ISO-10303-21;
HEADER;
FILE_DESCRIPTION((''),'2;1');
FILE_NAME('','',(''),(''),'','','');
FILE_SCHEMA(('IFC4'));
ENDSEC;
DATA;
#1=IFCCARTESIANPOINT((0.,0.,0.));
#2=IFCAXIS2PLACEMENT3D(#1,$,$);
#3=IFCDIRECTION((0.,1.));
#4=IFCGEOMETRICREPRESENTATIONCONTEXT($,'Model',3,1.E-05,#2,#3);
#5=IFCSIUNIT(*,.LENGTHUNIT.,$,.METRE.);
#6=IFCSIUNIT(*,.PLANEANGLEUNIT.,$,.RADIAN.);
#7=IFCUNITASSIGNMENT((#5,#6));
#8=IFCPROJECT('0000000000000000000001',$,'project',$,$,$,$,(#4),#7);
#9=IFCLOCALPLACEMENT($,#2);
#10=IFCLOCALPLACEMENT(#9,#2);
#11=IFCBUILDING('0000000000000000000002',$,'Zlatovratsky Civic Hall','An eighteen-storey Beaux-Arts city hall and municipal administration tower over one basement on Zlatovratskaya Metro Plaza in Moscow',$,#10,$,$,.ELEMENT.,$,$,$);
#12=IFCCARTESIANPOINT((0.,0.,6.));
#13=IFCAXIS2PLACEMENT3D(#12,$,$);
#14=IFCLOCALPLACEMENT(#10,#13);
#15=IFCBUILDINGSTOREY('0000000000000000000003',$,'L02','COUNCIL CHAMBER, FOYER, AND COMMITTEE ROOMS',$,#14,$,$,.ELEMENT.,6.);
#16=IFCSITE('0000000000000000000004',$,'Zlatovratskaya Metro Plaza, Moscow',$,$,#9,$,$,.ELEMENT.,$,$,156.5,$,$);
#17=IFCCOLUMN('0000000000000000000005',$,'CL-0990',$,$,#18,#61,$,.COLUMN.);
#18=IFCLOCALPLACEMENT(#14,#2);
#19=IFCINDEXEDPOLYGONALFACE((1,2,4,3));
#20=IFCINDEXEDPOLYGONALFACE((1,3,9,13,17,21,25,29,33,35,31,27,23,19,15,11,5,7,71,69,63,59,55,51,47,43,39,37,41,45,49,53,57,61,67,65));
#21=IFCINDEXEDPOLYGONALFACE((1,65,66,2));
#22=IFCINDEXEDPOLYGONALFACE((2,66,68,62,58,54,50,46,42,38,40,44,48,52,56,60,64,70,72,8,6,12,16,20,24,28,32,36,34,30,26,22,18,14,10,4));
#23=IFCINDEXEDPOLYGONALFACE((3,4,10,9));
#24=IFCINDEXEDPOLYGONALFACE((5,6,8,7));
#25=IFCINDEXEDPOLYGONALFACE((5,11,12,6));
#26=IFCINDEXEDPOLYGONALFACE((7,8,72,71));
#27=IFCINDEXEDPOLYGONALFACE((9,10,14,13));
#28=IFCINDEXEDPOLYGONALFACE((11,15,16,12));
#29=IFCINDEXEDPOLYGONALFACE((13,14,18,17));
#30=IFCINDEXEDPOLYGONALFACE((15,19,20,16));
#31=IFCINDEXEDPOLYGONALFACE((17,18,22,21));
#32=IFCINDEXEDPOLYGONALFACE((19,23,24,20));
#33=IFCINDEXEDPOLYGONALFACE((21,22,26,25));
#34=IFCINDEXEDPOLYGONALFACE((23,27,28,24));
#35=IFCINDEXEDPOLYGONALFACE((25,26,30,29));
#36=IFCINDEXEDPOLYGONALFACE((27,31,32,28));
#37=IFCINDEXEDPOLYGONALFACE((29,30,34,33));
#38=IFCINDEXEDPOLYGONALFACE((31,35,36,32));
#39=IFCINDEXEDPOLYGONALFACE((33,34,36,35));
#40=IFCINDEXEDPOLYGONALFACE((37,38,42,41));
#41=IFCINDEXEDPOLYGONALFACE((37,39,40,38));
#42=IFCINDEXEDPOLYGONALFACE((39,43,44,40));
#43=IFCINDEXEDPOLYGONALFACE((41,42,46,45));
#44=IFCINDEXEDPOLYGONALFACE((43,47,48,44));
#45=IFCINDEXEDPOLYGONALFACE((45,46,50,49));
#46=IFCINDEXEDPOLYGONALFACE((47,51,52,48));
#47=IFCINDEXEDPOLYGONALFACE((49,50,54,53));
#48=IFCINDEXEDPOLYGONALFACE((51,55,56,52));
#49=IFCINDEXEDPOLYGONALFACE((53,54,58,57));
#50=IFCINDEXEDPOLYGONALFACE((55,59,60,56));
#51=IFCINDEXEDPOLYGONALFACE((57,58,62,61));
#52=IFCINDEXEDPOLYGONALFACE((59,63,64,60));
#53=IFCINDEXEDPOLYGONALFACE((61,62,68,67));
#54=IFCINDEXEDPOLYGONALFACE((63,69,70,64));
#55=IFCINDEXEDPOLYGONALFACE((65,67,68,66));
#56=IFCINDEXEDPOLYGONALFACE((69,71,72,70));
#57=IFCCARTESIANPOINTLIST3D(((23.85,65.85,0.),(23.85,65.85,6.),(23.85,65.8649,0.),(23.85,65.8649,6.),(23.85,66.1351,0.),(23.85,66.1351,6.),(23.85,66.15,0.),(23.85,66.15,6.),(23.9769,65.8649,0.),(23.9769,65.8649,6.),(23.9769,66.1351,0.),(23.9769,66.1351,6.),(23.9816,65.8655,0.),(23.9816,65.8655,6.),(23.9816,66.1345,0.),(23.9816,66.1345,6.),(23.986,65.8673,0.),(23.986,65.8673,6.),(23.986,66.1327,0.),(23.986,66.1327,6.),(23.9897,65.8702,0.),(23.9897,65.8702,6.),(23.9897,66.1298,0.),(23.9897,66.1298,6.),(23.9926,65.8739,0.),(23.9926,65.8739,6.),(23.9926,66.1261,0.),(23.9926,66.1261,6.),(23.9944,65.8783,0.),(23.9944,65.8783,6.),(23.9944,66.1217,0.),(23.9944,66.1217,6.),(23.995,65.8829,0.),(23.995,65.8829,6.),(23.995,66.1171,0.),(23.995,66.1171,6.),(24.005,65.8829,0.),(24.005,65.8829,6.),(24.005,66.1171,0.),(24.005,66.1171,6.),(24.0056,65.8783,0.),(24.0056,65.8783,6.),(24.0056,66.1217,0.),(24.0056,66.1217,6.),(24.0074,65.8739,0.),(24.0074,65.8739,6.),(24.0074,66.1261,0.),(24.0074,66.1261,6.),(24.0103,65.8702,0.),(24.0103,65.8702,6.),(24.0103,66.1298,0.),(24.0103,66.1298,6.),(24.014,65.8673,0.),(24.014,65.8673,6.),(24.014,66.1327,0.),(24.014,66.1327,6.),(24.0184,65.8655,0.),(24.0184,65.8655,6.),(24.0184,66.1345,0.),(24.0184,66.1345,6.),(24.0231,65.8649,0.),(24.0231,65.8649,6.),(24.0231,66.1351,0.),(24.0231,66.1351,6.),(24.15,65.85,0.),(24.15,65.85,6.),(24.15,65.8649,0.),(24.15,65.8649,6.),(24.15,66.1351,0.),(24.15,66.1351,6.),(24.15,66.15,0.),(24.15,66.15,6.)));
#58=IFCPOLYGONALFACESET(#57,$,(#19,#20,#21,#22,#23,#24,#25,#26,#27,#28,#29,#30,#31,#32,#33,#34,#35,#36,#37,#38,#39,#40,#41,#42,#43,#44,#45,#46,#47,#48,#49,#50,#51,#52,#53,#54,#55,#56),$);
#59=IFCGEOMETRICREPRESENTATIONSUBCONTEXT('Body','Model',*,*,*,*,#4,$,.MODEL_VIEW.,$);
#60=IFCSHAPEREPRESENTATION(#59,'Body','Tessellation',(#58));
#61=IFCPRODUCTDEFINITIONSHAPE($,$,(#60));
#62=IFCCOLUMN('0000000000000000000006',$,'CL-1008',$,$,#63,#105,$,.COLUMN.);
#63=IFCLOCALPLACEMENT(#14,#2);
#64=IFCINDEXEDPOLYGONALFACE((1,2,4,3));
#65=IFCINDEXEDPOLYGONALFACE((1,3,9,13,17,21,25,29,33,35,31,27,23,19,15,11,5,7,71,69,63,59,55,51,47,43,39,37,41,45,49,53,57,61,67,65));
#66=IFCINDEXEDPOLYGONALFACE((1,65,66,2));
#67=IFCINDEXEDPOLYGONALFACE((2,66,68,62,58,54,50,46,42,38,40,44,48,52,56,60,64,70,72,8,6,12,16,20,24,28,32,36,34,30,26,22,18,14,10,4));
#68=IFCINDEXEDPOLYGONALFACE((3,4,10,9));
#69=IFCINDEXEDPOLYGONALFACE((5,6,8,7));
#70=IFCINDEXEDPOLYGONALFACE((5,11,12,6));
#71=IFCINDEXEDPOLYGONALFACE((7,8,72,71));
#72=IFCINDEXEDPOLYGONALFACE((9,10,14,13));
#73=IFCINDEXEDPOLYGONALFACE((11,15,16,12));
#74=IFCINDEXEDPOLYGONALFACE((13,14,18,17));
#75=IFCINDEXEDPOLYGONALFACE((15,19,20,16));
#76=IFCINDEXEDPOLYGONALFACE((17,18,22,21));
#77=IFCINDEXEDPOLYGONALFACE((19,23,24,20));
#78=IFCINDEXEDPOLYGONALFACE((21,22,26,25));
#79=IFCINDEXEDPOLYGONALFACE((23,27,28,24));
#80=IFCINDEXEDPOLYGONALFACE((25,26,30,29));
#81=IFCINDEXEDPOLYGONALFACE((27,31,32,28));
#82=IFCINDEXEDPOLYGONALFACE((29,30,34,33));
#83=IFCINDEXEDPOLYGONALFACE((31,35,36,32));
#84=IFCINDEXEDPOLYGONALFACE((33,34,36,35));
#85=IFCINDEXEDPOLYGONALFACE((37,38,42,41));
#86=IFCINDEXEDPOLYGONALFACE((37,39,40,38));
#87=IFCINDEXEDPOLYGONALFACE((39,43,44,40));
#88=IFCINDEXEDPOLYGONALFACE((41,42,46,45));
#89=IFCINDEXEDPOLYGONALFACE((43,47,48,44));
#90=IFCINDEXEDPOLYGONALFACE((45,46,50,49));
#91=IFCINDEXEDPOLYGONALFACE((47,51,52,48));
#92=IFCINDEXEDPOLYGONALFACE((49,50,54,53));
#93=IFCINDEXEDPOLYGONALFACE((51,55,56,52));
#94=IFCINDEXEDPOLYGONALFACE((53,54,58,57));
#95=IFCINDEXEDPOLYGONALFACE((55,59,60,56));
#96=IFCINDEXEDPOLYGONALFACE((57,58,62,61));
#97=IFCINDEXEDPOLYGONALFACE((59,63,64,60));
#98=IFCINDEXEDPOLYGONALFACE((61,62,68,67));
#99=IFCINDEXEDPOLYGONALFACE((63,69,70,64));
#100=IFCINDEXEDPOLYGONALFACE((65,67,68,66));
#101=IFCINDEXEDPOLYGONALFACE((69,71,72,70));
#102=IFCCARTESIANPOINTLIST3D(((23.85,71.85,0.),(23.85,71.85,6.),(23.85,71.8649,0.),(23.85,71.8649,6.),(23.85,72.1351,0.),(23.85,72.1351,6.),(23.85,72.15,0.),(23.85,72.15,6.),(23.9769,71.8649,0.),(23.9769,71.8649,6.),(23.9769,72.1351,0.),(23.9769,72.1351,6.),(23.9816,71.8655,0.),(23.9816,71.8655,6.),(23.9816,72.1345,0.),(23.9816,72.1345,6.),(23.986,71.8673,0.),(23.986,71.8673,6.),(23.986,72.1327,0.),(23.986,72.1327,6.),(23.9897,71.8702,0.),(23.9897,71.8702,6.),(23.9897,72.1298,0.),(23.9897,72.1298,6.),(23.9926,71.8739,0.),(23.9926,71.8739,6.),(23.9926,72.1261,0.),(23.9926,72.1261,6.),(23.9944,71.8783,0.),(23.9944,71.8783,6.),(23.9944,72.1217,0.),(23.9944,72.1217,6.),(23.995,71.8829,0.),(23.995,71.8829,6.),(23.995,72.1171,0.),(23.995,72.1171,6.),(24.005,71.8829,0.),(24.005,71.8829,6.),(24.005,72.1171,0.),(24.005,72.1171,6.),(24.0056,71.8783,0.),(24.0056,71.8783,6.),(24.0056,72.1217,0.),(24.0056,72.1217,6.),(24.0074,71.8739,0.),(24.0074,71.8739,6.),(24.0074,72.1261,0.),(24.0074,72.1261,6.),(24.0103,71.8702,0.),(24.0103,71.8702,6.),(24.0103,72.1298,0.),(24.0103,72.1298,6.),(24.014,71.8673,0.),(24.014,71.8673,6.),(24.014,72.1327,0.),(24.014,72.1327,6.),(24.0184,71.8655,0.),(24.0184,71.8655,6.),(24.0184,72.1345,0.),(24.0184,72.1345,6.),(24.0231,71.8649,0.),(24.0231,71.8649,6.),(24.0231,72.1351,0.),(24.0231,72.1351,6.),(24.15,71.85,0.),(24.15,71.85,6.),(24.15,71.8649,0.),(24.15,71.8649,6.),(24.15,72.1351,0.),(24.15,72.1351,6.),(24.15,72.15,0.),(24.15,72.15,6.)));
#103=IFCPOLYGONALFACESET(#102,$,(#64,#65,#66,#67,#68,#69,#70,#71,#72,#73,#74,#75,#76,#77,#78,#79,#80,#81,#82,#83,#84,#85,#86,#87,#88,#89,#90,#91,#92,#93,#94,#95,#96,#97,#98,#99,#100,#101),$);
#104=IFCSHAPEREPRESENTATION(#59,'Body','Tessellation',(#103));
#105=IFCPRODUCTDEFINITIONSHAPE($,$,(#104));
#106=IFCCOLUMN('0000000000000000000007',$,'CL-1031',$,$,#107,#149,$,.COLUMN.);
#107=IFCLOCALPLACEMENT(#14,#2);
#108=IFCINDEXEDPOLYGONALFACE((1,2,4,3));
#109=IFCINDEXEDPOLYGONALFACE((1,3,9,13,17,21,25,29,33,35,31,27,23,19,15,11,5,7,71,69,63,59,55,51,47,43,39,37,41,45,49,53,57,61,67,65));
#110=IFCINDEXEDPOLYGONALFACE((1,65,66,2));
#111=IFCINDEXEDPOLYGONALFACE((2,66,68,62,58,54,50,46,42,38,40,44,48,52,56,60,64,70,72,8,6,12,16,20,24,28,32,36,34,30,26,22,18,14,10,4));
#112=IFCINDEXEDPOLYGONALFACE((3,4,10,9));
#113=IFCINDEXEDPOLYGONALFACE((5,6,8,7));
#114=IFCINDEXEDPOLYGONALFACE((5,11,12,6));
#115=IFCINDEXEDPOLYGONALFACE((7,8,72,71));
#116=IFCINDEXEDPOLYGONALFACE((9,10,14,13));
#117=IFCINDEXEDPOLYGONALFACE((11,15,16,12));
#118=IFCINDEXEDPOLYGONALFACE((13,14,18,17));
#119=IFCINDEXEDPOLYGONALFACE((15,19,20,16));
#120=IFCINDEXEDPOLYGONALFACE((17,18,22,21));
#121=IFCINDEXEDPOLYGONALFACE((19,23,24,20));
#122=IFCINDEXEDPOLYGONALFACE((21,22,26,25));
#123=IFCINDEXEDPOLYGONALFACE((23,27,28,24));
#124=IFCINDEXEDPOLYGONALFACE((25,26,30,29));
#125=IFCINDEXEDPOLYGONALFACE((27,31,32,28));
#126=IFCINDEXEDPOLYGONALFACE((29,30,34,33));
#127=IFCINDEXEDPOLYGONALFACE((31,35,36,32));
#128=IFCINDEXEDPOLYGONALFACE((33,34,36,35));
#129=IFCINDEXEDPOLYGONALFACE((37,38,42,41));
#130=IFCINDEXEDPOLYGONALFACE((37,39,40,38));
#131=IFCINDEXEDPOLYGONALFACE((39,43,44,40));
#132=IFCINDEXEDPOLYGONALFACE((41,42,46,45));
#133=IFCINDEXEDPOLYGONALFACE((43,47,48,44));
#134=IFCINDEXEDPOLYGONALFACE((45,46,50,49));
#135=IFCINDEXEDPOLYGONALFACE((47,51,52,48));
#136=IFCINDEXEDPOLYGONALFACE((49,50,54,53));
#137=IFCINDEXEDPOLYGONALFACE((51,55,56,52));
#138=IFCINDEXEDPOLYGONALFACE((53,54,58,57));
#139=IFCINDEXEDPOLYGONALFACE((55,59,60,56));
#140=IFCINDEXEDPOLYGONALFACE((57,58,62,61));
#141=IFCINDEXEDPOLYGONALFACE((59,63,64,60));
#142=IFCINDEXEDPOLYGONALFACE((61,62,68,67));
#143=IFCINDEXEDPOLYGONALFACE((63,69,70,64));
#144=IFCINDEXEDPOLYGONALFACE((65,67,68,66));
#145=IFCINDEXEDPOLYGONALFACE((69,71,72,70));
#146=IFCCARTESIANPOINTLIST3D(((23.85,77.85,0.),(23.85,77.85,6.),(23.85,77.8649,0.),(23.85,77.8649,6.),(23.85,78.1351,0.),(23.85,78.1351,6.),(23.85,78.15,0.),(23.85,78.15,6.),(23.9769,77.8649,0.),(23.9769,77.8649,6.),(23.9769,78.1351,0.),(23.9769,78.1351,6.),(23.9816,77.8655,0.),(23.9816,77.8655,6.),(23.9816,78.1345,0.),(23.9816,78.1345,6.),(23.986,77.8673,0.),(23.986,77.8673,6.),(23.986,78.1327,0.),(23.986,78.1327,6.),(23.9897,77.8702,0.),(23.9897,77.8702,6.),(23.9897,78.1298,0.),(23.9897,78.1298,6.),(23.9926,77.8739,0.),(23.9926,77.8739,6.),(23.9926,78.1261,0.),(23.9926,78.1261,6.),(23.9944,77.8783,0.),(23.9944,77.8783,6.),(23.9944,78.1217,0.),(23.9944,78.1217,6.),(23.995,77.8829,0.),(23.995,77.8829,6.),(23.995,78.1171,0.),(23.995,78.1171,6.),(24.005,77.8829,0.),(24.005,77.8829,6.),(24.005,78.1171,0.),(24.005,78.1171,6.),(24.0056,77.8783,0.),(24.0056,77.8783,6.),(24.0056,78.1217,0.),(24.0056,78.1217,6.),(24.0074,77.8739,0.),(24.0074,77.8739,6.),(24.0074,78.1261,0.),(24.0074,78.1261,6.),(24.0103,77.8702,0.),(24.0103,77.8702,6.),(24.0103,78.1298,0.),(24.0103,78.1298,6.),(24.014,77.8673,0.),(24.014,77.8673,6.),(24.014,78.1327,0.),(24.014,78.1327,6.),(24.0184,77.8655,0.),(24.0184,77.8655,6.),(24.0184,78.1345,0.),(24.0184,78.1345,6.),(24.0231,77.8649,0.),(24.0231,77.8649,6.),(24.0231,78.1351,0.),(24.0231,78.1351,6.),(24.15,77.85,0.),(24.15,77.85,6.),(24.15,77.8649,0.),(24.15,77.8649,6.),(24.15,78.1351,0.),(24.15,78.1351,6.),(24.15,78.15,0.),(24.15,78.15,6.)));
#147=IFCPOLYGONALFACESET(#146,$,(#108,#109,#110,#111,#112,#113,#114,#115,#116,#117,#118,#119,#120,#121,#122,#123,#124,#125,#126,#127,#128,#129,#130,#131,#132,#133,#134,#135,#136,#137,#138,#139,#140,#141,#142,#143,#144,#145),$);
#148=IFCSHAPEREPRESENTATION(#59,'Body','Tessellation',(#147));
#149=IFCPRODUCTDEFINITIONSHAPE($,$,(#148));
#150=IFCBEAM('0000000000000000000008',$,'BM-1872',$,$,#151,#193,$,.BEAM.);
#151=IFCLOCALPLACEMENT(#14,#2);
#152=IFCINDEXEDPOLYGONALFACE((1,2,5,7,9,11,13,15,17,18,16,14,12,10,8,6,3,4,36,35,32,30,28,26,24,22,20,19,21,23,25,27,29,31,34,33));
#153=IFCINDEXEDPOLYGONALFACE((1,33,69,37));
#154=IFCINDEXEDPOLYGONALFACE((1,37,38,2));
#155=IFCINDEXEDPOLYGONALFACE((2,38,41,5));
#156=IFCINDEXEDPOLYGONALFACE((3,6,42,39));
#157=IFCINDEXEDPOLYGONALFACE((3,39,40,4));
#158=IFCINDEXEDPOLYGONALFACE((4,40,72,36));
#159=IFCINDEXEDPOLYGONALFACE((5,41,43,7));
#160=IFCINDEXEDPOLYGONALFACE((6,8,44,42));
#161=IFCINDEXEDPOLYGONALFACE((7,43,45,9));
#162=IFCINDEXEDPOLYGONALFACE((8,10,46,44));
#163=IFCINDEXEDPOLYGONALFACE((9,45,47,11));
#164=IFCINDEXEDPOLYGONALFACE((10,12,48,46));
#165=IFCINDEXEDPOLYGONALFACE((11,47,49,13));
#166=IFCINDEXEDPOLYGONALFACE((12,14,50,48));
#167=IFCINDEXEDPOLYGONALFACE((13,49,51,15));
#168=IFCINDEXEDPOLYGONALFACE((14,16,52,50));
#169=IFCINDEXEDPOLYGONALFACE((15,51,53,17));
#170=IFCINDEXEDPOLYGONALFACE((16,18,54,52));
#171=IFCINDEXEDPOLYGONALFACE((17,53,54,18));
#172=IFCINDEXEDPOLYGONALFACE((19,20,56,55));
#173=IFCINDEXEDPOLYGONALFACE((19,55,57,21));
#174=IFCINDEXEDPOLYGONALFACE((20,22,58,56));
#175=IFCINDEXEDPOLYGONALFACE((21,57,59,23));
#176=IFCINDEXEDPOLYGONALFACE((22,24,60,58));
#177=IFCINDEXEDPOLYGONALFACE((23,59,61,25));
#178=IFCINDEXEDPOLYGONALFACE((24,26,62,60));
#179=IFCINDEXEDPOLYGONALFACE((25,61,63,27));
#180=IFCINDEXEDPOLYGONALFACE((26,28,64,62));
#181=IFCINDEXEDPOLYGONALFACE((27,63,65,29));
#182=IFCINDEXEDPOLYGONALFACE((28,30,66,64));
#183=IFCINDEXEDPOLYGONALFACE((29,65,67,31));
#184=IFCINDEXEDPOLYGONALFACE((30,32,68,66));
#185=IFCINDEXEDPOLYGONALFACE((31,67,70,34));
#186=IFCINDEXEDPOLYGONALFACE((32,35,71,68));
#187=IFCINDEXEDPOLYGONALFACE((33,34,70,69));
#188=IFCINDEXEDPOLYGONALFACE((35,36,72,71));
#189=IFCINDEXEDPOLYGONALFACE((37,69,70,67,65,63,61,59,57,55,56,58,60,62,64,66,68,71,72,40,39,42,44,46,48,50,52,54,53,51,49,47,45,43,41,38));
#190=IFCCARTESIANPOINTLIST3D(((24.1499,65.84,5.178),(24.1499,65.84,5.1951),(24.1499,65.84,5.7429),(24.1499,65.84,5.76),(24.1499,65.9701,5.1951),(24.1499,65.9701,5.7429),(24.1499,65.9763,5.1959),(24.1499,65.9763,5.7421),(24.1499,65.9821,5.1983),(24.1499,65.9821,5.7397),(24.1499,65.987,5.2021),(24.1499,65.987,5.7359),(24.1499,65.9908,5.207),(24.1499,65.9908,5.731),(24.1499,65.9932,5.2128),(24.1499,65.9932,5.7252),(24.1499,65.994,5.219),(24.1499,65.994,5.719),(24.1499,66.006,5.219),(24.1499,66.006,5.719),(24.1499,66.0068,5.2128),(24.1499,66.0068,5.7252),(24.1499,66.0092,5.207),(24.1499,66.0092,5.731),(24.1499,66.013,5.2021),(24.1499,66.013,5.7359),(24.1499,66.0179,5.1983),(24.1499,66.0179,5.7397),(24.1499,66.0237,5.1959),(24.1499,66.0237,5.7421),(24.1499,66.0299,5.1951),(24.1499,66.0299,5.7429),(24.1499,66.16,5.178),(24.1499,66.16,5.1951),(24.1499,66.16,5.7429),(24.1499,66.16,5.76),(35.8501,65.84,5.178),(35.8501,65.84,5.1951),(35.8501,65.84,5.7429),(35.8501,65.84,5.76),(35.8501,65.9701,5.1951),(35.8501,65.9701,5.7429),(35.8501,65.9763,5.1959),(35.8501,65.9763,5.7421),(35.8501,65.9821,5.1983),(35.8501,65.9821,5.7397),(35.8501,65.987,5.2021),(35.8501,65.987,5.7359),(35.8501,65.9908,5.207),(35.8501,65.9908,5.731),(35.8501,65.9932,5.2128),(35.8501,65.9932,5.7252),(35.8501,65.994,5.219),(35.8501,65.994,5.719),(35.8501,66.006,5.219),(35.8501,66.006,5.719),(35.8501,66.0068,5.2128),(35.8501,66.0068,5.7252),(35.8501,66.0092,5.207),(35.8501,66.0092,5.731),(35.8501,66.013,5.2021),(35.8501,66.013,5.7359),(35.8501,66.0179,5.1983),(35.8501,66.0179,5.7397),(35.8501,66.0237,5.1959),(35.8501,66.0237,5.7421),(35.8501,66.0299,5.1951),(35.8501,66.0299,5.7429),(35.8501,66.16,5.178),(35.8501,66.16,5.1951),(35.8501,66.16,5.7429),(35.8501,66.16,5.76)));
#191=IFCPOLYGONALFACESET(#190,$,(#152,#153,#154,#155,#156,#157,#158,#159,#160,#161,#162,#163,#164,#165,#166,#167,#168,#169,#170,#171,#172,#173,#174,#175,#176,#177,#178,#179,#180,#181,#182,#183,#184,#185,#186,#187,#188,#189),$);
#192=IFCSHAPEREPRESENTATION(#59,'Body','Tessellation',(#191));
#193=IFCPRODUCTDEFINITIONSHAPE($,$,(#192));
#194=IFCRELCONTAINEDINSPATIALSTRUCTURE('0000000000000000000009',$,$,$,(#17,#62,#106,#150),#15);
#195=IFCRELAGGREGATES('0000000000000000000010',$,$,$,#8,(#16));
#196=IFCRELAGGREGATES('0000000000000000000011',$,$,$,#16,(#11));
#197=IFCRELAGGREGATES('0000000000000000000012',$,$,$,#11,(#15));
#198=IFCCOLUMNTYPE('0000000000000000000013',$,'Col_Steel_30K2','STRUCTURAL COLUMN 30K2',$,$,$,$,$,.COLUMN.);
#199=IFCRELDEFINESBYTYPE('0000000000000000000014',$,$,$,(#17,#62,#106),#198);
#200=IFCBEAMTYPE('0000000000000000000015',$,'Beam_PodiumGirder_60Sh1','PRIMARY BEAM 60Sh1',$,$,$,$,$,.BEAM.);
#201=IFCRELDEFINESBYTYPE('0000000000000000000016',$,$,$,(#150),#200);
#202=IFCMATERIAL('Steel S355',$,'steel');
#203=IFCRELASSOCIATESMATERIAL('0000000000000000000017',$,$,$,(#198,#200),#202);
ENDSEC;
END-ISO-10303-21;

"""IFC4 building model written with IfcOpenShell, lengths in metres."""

from ifc_helpers import new_model, si_unit, direction, frame, origin, origin_2d, place, context, subcontext, project, spatial, i_section, extrude, material, material_profile, profile_set, type_object, element, save


model = new_model("IFC4")

# Units and contexts
model_context = context("Model", 3, precision=1e-05, world=origin(), true_north=direction((0.0, 1.0)))
body_context = subcontext(model_context, "Body", "Model", "MODEL_VIEW")
ifc_project = project(units=[si_unit("LENGTHUNIT", "METRE"), si_unit("PLANEANGLEUNIT", "RADIAN")], contexts=[model_context])

# Site, building, storey
site_placement = place(None, origin())
site = spatial("IfcSite", under=ifc_project, at=site_placement, Name="Zlatovratskaya Metro Plaza, Moscow", CompositionType="ELEMENT", RefElevation=156.5)
building_placement = place(site_placement, origin())
building = spatial("IfcBuilding", under=site, at=building_placement, Name="Zlatovratsky Civic Hall", Description="An eighteen-storey Beaux-Arts city hall and municipal administration tower over one basement on Zlatovratskaya Metro Plaza in Moscow", CompositionType="ELEMENT")
storey_placement = place(building_placement, frame((0.0, 0.0, 6.0)))
storey = spatial("IfcBuildingStorey", under=building, at=storey_placement, Name="L02", Description="COUNCIL CHAMBER, FOYER, AND COMMITTEE ROOMS", CompositionType="ELEMENT", Elevation=6.0)

# Columns
ifc_material_1 = material(Name="Steel S355", Category="steel")
ifc_material_profile_1 = material_profile(ifc_material_1, i_section(OverallWidth=0.3, OverallDepth=0.3, WebThickness=0.01, FlangeThickness=0.0149, FilletRadius=0.0181, at=origin_2d()), Name="30K2")
ifc_profile_set_1 = profile_set([ifc_material_profile_1], Name="Steel S355")
column_type = type_object("IfcColumnType", Name="Col_Steel_30K2", Description="STRUCTURAL COLUMN 30K2", PredefinedType="COLUMN", material=ifc_profile_set_1)
for number, where, z_axis, x_axis, name in (
    (1, (24.0, 66.0, 0.0), (0.0, 0.0, 1.0), (1.0, 0.0, 0.0), "CL-0990"),
    (2, (24.0, 72.0, 0.0), (0.0, 0.0, 1.0), (1.0, 0.0, 0.0), "CL-1008"),
    (3, (24.0, 78.0, 0.0), (0.0, 0.0, 1.0), (1.0, 0.0, 0.0), "CL-1031"),
):
    element("IfcColumn", number, at=place(storey_placement, frame(where, z_axis=z_axis, x_axis=x_axis)), inside=storey, type_object=column_type, Name=name, PredefinedType="COLUMN", context=body_context, shape_type="SweptSolid", body=[
        extrude(i_section(OverallWidth=0.3, OverallDepth=0.3, WebThickness=0.01, FlangeThickness=0.0149, FilletRadius=0.0181, at=origin_2d()), origin(), (0.0, 0.0, 1.0), 6.0),
    ])

# Beam
ifc_material_profile_2 = material_profile(ifc_material_1, i_section(OverallWidth=0.3201, OverallDepth=0.582, WebThickness=0.012, FlangeThickness=0.0171, FilletRadius=0.0239, at=origin_2d()), Name="60Sh1")
ifc_profile_set_2 = profile_set([ifc_material_profile_2], Name="Steel S355")
beam_type_1 = type_object("IfcBeamType", Name="Beam_PodiumGirder_60Sh1", Description="PRIMARY BEAM 60Sh1", PredefinedType="BEAM", material=ifc_profile_set_2)
for number, where, z_axis, x_axis, name in (
    (4, (24.1499, 66.0, 5.469), (1.0, 0.0, 0.0), (0.0, 1.0, 0.0), "BM-1872"),
):
    element("IfcBeam", number, at=place(storey_placement, frame(where, z_axis=z_axis, x_axis=x_axis)), inside=storey, type_object=beam_type_1, Name=name, PredefinedType="BEAM", context=body_context, shape_type="SweptSolid", body=[
        extrude(i_section(OverallWidth=0.3201, OverallDepth=0.582, WebThickness=0.012, FlangeThickness=0.0171, FilletRadius=0.0239, at=origin_2d()), origin(), (0.0, 0.0, 1.0), 11.7002),
    ])

save(model, "model.ifc")
